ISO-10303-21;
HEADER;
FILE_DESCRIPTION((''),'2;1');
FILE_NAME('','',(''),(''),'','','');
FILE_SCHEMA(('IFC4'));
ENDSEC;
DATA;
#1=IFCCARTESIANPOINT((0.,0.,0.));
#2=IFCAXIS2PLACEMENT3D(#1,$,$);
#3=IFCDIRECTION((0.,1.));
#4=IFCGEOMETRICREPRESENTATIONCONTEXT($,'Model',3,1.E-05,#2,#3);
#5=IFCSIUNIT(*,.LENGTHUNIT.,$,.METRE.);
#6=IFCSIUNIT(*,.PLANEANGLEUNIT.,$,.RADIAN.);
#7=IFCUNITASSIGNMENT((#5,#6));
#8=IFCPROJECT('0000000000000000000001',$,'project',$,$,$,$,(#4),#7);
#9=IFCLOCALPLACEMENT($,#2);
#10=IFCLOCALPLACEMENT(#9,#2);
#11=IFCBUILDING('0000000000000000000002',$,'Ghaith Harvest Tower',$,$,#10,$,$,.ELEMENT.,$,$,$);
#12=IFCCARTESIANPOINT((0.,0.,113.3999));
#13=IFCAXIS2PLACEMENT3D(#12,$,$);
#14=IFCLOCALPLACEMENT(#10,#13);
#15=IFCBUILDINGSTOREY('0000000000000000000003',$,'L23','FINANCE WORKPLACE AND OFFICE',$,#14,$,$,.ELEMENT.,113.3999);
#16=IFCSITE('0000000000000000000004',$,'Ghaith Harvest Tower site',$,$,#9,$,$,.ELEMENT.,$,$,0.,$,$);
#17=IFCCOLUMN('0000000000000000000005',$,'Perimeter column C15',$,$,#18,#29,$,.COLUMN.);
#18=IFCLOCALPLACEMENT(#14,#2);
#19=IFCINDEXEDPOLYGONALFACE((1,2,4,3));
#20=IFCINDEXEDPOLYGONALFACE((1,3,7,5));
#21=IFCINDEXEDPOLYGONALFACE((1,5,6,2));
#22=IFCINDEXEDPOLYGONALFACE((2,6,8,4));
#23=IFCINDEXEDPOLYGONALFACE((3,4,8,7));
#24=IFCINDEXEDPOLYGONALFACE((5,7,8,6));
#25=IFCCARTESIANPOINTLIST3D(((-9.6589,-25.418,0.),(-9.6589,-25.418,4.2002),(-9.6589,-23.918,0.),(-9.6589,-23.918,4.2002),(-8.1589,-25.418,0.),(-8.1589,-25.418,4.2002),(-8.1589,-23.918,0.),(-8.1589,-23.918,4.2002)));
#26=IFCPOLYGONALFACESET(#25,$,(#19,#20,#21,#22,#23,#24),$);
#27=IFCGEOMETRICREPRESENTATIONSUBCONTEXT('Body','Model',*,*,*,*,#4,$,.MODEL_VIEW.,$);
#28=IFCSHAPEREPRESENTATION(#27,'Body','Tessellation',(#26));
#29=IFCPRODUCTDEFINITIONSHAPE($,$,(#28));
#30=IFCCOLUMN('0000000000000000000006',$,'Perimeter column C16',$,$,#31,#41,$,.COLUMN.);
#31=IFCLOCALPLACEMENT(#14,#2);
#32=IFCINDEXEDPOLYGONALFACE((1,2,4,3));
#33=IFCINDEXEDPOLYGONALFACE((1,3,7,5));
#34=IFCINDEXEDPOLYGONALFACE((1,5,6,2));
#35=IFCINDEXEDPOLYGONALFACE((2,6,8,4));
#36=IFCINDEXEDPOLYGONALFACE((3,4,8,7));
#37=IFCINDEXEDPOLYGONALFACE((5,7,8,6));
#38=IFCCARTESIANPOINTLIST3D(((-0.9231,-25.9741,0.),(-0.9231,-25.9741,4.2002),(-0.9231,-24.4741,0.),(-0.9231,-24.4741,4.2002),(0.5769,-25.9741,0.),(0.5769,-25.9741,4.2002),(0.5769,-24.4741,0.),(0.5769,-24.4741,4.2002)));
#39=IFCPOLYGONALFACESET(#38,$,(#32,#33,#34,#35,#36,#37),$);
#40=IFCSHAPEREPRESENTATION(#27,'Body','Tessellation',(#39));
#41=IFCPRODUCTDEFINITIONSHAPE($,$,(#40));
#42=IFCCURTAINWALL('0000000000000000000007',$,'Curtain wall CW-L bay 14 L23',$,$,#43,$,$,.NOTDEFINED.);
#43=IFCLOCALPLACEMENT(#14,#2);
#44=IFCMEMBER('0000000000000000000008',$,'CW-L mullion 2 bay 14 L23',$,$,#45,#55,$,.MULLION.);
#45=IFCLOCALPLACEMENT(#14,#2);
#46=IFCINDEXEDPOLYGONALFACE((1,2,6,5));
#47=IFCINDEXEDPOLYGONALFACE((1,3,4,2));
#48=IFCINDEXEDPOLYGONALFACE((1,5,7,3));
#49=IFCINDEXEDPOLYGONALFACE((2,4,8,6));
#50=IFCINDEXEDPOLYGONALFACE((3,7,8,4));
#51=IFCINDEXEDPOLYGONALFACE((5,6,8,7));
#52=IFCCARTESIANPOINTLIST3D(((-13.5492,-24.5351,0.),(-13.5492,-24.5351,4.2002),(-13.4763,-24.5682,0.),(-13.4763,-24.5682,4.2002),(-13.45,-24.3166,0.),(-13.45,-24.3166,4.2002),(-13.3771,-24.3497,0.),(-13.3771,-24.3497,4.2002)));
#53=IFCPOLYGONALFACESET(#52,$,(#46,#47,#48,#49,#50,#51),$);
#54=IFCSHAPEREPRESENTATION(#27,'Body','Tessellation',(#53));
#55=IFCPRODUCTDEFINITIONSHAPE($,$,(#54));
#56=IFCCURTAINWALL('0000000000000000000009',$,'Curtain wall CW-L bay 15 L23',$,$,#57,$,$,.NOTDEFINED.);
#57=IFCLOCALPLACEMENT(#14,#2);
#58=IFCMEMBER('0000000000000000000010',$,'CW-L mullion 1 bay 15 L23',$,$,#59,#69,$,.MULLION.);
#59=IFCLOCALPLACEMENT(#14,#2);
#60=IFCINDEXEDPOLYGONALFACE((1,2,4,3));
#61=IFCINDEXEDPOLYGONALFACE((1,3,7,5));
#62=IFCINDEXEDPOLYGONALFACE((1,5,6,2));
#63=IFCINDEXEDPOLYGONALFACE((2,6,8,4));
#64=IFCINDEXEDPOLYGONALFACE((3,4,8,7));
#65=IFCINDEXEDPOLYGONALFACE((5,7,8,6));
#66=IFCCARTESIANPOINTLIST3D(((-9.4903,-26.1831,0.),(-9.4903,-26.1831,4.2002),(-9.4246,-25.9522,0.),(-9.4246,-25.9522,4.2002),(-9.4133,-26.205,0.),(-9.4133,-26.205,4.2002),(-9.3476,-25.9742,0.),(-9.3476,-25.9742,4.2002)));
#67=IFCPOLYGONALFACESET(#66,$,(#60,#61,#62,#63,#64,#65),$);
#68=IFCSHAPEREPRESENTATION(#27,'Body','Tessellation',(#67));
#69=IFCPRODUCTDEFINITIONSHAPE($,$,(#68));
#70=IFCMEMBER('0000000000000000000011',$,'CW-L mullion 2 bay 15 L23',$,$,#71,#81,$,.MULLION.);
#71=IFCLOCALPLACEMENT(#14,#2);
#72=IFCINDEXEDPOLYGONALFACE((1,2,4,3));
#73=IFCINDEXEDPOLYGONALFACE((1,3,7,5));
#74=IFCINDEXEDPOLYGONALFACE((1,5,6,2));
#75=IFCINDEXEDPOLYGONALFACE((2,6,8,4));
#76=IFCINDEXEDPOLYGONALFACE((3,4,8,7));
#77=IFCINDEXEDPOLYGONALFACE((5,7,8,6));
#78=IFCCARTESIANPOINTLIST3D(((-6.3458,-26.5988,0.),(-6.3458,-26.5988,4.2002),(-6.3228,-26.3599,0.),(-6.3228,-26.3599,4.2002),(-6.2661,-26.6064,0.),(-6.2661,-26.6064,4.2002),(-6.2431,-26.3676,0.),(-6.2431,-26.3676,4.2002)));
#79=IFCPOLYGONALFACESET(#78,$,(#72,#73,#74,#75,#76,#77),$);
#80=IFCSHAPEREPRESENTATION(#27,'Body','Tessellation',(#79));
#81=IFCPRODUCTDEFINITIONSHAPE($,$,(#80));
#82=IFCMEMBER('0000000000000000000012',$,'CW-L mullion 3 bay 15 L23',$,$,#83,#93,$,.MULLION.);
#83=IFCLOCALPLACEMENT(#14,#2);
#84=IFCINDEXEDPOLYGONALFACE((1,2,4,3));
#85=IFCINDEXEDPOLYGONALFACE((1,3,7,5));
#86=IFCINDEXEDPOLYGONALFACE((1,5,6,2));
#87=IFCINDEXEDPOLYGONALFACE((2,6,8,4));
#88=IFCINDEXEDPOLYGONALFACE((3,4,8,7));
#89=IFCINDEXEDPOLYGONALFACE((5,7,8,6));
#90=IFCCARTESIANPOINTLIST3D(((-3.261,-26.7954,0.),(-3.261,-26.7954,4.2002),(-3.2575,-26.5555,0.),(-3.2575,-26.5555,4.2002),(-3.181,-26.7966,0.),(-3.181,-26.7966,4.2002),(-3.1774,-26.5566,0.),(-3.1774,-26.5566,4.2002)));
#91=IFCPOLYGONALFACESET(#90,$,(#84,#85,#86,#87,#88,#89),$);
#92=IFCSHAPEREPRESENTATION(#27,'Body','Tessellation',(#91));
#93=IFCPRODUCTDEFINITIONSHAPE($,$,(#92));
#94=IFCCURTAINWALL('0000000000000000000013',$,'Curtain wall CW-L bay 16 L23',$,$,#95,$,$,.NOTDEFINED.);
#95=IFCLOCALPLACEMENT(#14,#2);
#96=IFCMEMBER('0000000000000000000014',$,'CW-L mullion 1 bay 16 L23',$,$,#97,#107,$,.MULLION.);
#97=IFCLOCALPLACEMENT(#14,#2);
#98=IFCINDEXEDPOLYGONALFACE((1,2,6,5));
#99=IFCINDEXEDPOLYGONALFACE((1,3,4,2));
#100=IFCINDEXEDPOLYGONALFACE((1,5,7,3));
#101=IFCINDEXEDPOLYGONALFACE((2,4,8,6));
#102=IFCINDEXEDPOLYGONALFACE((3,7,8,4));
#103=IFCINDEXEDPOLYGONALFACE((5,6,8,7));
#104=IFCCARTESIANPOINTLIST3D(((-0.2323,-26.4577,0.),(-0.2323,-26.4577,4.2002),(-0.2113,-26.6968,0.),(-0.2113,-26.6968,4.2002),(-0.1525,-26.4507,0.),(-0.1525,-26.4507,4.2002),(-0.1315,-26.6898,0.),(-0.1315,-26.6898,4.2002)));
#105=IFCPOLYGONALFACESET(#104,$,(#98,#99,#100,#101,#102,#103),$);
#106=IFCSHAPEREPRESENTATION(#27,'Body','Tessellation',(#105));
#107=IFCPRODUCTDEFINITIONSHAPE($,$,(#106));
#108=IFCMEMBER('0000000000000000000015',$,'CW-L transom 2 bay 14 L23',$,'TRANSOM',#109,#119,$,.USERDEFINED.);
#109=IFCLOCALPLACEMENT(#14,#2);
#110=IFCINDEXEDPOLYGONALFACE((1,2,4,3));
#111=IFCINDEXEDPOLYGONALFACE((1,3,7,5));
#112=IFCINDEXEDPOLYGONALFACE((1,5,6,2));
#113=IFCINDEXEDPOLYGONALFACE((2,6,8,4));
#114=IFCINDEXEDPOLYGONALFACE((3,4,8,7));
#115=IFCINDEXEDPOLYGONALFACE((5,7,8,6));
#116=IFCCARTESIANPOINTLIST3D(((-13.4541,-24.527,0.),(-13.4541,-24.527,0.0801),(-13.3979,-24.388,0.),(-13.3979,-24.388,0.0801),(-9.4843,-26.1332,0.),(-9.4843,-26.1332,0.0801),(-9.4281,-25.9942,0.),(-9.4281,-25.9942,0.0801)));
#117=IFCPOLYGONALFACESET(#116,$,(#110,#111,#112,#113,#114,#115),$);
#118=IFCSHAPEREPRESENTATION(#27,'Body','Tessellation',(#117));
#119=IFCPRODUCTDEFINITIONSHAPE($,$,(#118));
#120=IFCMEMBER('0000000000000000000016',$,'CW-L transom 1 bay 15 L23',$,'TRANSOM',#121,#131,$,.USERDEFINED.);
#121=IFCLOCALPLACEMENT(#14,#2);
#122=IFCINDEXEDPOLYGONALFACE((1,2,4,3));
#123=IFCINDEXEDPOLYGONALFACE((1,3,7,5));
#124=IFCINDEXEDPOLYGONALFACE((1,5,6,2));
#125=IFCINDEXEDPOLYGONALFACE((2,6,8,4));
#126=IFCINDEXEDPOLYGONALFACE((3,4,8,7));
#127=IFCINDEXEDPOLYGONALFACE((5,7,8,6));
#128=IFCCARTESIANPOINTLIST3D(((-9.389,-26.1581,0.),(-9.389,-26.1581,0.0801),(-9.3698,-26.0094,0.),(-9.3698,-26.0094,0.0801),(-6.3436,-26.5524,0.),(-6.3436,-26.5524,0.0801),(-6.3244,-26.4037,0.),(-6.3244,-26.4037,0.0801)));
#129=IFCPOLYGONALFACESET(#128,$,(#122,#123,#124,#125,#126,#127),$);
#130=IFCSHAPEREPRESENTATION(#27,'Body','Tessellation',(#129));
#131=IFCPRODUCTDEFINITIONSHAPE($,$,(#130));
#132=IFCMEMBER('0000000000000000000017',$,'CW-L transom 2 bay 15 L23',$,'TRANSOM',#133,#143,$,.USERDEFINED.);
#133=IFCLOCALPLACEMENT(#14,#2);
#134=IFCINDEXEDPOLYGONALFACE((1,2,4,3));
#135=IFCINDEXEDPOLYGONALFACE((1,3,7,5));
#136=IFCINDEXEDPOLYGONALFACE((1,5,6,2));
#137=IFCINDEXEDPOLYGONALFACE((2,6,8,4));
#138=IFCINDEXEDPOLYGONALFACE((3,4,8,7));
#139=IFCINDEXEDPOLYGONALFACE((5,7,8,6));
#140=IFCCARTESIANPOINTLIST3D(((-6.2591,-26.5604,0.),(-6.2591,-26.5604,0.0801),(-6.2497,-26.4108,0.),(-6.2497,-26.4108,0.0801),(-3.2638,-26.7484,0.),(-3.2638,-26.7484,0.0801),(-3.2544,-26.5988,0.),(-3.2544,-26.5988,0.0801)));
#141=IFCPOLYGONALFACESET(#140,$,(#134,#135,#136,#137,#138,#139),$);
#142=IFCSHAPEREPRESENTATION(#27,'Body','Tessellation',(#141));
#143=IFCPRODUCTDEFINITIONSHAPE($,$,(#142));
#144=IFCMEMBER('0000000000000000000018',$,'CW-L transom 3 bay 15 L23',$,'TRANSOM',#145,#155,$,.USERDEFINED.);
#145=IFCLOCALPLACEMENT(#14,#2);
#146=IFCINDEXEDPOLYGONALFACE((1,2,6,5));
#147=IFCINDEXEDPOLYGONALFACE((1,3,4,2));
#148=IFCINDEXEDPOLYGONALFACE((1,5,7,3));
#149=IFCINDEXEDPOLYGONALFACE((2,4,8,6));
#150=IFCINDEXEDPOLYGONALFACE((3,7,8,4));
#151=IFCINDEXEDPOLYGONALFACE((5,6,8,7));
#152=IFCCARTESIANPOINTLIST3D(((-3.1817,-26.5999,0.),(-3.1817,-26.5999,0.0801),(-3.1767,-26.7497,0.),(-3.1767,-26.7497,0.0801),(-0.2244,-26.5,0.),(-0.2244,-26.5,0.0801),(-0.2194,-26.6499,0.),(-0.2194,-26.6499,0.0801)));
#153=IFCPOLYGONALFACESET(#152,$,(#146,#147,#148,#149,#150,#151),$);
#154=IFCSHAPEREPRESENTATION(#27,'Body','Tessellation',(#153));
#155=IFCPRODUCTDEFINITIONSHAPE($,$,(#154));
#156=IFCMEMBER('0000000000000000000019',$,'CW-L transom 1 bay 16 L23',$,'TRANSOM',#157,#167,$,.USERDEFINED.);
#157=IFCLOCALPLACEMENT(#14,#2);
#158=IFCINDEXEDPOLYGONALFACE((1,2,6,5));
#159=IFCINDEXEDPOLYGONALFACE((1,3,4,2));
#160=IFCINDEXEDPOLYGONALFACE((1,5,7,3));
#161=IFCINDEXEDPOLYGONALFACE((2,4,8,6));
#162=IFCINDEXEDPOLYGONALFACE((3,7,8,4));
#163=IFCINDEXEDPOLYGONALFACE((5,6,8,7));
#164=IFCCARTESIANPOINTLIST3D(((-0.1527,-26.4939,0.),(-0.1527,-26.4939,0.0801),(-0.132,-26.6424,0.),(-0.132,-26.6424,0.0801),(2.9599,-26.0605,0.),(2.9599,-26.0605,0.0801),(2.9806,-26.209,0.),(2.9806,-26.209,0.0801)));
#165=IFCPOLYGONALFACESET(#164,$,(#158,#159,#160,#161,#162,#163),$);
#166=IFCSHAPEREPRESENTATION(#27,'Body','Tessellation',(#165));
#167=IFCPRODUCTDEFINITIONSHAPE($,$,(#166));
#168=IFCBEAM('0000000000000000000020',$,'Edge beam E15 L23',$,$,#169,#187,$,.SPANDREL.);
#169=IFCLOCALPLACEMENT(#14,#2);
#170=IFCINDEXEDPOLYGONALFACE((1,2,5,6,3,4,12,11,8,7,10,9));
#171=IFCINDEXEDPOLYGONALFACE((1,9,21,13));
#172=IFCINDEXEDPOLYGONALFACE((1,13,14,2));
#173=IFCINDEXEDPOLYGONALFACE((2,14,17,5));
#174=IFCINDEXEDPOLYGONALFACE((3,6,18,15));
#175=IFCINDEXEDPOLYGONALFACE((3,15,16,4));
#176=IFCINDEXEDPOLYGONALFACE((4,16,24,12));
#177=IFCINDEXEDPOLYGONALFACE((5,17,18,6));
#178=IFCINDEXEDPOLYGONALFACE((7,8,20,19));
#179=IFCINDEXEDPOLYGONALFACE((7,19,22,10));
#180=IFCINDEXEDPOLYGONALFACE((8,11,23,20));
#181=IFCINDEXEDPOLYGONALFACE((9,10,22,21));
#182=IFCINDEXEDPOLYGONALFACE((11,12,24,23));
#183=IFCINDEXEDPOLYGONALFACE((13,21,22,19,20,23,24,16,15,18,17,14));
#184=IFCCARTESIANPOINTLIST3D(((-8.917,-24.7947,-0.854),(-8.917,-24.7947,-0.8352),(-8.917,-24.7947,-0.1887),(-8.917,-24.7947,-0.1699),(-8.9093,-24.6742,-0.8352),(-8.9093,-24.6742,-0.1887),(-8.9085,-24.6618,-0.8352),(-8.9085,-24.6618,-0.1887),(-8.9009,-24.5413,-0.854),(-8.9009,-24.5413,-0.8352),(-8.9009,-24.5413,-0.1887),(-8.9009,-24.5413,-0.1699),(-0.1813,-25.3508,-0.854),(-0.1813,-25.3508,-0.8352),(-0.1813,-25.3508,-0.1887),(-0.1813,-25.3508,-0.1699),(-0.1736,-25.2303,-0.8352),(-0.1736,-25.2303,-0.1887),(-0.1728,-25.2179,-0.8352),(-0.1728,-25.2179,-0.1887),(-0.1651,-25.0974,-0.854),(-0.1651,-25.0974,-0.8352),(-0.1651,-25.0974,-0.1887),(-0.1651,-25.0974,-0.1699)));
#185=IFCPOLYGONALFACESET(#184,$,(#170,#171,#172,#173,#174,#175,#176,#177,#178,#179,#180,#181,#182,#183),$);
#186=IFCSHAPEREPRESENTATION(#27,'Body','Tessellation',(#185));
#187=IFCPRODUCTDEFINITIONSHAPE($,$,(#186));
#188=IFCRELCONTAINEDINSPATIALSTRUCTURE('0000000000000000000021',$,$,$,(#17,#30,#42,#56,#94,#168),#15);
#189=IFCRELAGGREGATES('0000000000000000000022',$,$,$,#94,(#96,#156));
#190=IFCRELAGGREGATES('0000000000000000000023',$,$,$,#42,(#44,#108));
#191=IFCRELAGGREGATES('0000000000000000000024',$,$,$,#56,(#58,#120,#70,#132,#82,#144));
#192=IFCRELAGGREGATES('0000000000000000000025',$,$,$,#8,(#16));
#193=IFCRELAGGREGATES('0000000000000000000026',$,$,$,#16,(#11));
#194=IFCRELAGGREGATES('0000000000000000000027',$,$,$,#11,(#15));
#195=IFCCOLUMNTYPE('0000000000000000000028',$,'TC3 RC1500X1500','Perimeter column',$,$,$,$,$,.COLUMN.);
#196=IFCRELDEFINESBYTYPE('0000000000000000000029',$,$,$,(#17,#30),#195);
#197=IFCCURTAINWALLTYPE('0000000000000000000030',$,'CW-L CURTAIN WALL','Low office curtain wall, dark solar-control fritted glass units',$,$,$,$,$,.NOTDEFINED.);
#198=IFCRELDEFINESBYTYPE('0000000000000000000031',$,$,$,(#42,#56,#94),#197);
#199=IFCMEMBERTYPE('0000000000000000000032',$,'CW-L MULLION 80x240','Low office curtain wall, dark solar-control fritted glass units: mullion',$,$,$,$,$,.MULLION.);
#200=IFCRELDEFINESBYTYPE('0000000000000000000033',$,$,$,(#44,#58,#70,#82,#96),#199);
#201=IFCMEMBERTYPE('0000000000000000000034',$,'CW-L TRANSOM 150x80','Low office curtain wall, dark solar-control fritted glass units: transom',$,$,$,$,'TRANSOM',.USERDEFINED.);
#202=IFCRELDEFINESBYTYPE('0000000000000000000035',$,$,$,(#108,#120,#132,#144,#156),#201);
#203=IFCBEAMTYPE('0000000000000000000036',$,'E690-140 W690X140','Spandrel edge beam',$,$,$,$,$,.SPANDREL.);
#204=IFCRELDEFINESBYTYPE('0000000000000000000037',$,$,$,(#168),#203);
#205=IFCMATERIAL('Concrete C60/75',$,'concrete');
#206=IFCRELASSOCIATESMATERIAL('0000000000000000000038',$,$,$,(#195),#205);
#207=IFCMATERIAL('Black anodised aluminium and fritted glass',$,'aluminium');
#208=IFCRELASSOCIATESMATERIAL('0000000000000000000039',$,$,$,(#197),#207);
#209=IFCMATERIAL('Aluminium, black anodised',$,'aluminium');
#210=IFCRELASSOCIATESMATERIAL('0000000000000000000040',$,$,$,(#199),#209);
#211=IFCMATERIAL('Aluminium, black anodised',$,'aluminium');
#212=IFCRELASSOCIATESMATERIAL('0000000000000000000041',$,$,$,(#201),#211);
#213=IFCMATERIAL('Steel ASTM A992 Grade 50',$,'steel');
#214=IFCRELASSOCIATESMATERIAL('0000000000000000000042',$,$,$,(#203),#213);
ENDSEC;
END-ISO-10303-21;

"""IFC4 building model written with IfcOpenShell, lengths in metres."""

from ifc_helpers import new_model, si_unit, direction, frame, origin, origin_2d, place, context, subcontext, project, spatial, rectangle, i_section, extrude, material, material_profile, profile_set, type_object, element, aggregate, save


model = new_model("IFC4")

# Units and contexts
model_context = context("Model", 3, precision=1e-05, world=origin(), true_north=direction((0.0, 1.0)))
body_context = subcontext(model_context, "Body", "Model", "MODEL_VIEW")
ifc_project = project(units=[si_unit("LENGTHUNIT", "METRE"), si_unit("PLANEANGLEUNIT", "RADIAN")], contexts=[model_context])

# Site, building, storey
site_placement = place(None, origin())
site = spatial("IfcSite", under=ifc_project, at=site_placement, Name="Ghaith Harvest Tower site", CompositionType="ELEMENT", RefElevation=0.0)
building_placement = place(site_placement, origin())
building = spatial("IfcBuilding", under=site, at=building_placement, Name="Ghaith Harvest Tower", CompositionType="ELEMENT")
storey_placement = place(building_placement, frame((0.0, 0.0, 113.3999)))
storey = spatial("IfcBuildingStorey", under=building, at=storey_placement, Name="L23", Description="FINANCE WORKPLACE AND OFFICE", CompositionType="ELEMENT", Elevation=113.3999)

# Columns
ifc_material_1 = material(Name="Concrete C60/75", Category="concrete")
ifc_material_profile_1 = material_profile(ifc_material_1, rectangle(XDim=1.5, YDim=1.5, at=origin_2d()), Name="RC1500X1500")
ifc_profile_set_1 = profile_set([ifc_material_profile_1], Name="Concrete C60/75")
column_type = type_object("IfcColumnType", Name="TC3 RC1500X1500", Description="Perimeter column", PredefinedType="COLUMN", material=ifc_profile_set_1)
for number, where, z_axis, x_axis, name in (
    (1, (-8.9089, -24.668, 0.0), (0.0, 0.0, 1.0), (1.0, 0.0, 0.0), "Perimeter column C15"),
    (2, (-0.1731, -25.2241, 0.0), (0.0, 0.0, 1.0), (1.0, 0.0, 0.0), "Perimeter column C16"),
):
    element("IfcColumn", number, at=place(storey_placement, frame(where, z_axis=z_axis, x_axis=x_axis)), inside=storey, type_object=column_type, Name=name, PredefinedType="COLUMN", context=body_context, shape_type="SweptSolid", body=[
        extrude(rectangle(XDim=1.5, YDim=1.5, at=origin_2d()), origin(), (0.0, 0.0, 1.0), 4.2002),
    ])

# Curtain wall, member
ifc_material_2 = material(Name="Black anodised aluminium and fritted glass", Category="aluminium")
curtain_wall_type = type_object("IfcCurtainWallType", Name="CW-L CURTAIN WALL", Description="Low office curtain wall, dark solar-control fritted glass units", PredefinedType="NOTDEFINED", material=ifc_material_2)
curtain_wall_1_placement = place(storey_placement, origin())
curtain_wall_1 = element("IfcCurtainWall", 3, at=curtain_wall_1_placement, inside=storey, type_object=curtain_wall_type, Name="Curtain wall CW-L bay 14 L23", PredefinedType="NOTDEFINED")
ifc_material_3 = material(Name="Aluminium, black anodised", Category="aluminium")
ifc_material_profile_2 = material_profile(ifc_material_3, rectangle(XDim=0.0801, YDim=0.24, at=origin_2d()), Name="CW-L MULLION 80x240")
ifc_profile_set_2 = profile_set([ifc_material_profile_2], Name="Aluminium, black anodised")
member_type_1 = type_object("IfcMemberType", Name="CW-L MULLION 80x240", Description="Low office curtain wall, dark solar-control fritted glass units: mullion", PredefinedType="MULLION", material=ifc_profile_set_2)
member_1_placement = place(storey_placement, frame((-13.4631, -24.4424, 0.0), z_axis=(0.0, 0.0, 1.0), x_axis=(0.910648, -0.413183, 0.0)))
member_1 = element("IfcMember", 4, at=member_1_placement, type_object=member_type_1, Name="CW-L mullion 2 bay 14 L23", PredefinedType="MULLION", context=body_context, shape_type="SweptSolid", body=[
    extrude(rectangle(XDim=0.0801, YDim=0.24, at=origin_2d()), origin(), (0.0, 0.0, 1.0), 4.2002),
])

# Curtain wall, members
curtain_wall_2_placement = place(storey_placement, origin())
curtain_wall_2 = element("IfcCurtainWall", 5, at=curtain_wall_2_placement, inside=storey, type_object=curtain_wall_type, Name="Curtain wall CW-L bay 15 L23", PredefinedType="NOTDEFINED")
member_2_placement = place(storey_placement, frame((-9.4189, -26.0786, 0.0), z_axis=(0.0, 0.0, 1.0), x_axis=(0.961789, -0.273793, 0.0)))
member_2 = element("IfcMember", 6, at=member_2_placement, type_object=member_type_1, Name="CW-L mullion 1 bay 15 L23", PredefinedType="MULLION", context=body_context, shape_type="SweptSolid", body=[
    extrude(rectangle(XDim=0.0801, YDim=0.24, at=origin_2d()), origin(), (0.0, 0.0, 1.0), 4.2002),
])
member_3_placement = place(storey_placement, frame((-6.2944, -26.4832, 0.0), z_axis=(0.0, 0.0, 1.0), x_axis=(0.995389, -0.095918, 0.0)))
member_3 = element("IfcMember", 7, at=member_3_placement, type_object=member_type_1, Name="CW-L mullion 2 bay 15 L23", PredefinedType="MULLION", context=body_context, shape_type="SweptSolid", body=[
    extrude(rectangle(XDim=0.0801, YDim=0.24, at=origin_2d()), origin(), (0.0, 0.0, 1.0), 4.2002),
])
member_4_placement = place(storey_placement, frame((-3.2192, -26.676, 0.0), z_axis=(0.0, 0.0, 1.0), x_axis=(0.999891, -0.014796, 0.0)))
member_4 = element("IfcMember", 8, at=member_4_placement, type_object=member_type_1, Name="CW-L mullion 3 bay 15 L23", PredefinedType="MULLION", context=body_context, shape_type="SweptSolid", body=[
    extrude(rectangle(XDim=0.0801, YDim=0.24, at=origin_2d()), origin(), (0.0, 0.0, 1.0), 4.2002),
])

# Curtain wall, member
curtain_wall_3_placement = place(storey_placement, origin())
curtain_wall_3 = element("IfcCurtainWall", 9, at=curtain_wall_3_placement, inside=storey, type_object=curtain_wall_type, Name="Curtain wall CW-L bay 16 L23", PredefinedType="NOTDEFINED")
member_5_placement = place(storey_placement, frame((-0.1819, -26.5737, 0.0), z_axis=(0.0, 0.0, 1.0), x_axis=(0.996169, 0.087446, 0.0)))
member_5 = element("IfcMember", 10, at=member_5_placement, type_object=member_type_1, Name="CW-L mullion 1 bay 16 L23", PredefinedType="MULLION", context=body_context, shape_type="SweptSolid", body=[
    extrude(rectangle(XDim=0.0801, YDim=0.24, at=origin_2d()), origin(), (0.0, 0.0, 1.0), 4.2002),
])

# Members
ifc_material_4 = material(Name="Aluminium, black anodised", Category="aluminium")
ifc_material_profile_3 = material_profile(ifc_material_4, rectangle(XDim=0.1499, YDim=0.0801, at=origin_2d()), Name="CW-L TRANSOM 150x80")
ifc_profile_set_3 = profile_set([ifc_material_profile_3], Name="Aluminium, black anodised")
member_type_2 = type_object("IfcMemberType", Name="CW-L TRANSOM 150x80", Description="Low office curtain wall, dark solar-control fritted glass units: transom", ElementType="TRANSOM", PredefinedType="USERDEFINED", material=ifc_profile_set_3)
member_6_placement = place(storey_placement, frame((-13.426, -24.4575, 0.04), z_axis=(0.927003, -0.375054, 0.0), x_axis=(0.375054, 0.927003, 0.0)))
member_6 = element("IfcMember", 11, at=member_6_placement, type_object=member_type_2, Name="CW-L transom 2 bay 14 L23", ObjectType="TRANSOM", PredefinedType="USERDEFINED", context=body_context, shape_type="SweptSolid", body=[
    extrude(rectangle(XDim=0.1499, YDim=0.0801, at=origin_2d()), origin(), (0.0, 0.0, 1.0), 4.2825),
])
member_7_placement = place(storey_placement, frame((-9.3794, -26.0837, 0.04), z_axis=(0.991723, -0.128398, 0.0), x_axis=(0.128398, 0.991723, 0.0)))
member_7 = element("IfcMember", 12, at=member_7_placement, type_object=member_type_2, Name="CW-L transom 1 bay 15 L23", ObjectType="TRANSOM", PredefinedType="USERDEFINED", context=body_context, shape_type="SweptSolid", body=[
    extrude(rectangle(XDim=0.1499, YDim=0.0801, at=origin_2d()), origin(), (0.0, 0.0, 1.0), 3.0708),
])
member_8_placement = place(storey_placement, frame((-6.2544, -26.4856, 0.04), z_axis=(0.998036, -0.062637, 0.0), x_axis=(0.062637, 0.998036, 0.0)))
member_8 = element("IfcMember", 13, at=member_8_placement, type_object=member_type_2, Name="CW-L transom 2 bay 15 L23", ObjectType="TRANSOM", PredefinedType="USERDEFINED", context=body_context, shape_type="SweptSolid", body=[
    extrude(rectangle(XDim=0.1499, YDim=0.0801, at=origin_2d()), origin(), (0.0, 0.0, 1.0), 3.0012),
])
member_9_placement = place(storey_placement, frame((-3.1792, -26.6748, 0.04), z_axis=(0.99943, 0.033746, 0.0), x_axis=(-0.033746, 0.99943, 0.0)))
member_9 = element("IfcMember", 14, at=member_9_placement, type_object=member_type_2, Name="CW-L transom 3 bay 15 L23", ObjectType="TRANSOM", PredefinedType="USERDEFINED", context=body_context, shape_type="SweptSolid", body=[
    extrude(rectangle(XDim=0.1499, YDim=0.0801, at=origin_2d()), origin(), (0.0, 0.0, 1.0), 2.959),
])
member_10_placement = place(storey_placement, frame((-0.1423, -26.5681, 0.04), z_axis=(0.990447, 0.137897, 0.0), x_axis=(-0.137897, 0.990447, 0.0)))
member_10 = element("IfcMember", 15, at=member_10_placement, type_object=member_type_2, Name="CW-L transom 1 bay 16 L23", ObjectType="TRANSOM", PredefinedType="USERDEFINED", context=body_context, shape_type="SweptSolid", body=[
    extrude(rectangle(XDim=0.1499, YDim=0.0801, at=origin_2d()), origin(), (0.0, 0.0, 1.0), 3.1426),
])
aggregate(curtain_wall_3, [member_5, member_10])

# Beam
ifc_material_5 = material(Name="Steel ASTM A992 Grade 50", Category="steel")
ifc_material_profile_4 = material_profile(ifc_material_5, i_section(OverallWidth=0.2539, OverallDepth=0.6841, WebThickness=0.0125, FlangeThickness=0.0188, at=origin_2d()), Name="W690X140")
ifc_profile_set_4 = profile_set([ifc_material_profile_4], Name="Steel ASTM A992 Grade 50")
beam_type_1 = type_object("IfcBeamType", Name="E690-140 W690X140", Description="Spandrel edge beam", PredefinedType="SPANDREL", material=ifc_profile_set_4)
beam_1_placement = place(storey_placement, frame((-8.9089, -24.668, -0.512), z_axis=(0.99798, -0.063535, 0.0), x_axis=(0.063535, 0.99798, 0.0)))
element("IfcBeam", 16, at=beam_1_placement, inside=storey, type_object=beam_type_1, Name="Edge beam E15 L23", PredefinedType="SPANDREL", context=body_context, shape_type="SweptSolid", body=[
    extrude(i_section(OverallWidth=0.2539, OverallDepth=0.6841, WebThickness=0.0125, FlangeThickness=0.0188, at=origin_2d()), origin(), (0.0, 0.0, 1.0), 8.7534),
])

aggregate(curtain_wall_1, [member_1, member_6])
aggregate(curtain_wall_2, [member_2, member_7, member_3, member_8, member_4, member_9])

save(model, "model.ifc")
